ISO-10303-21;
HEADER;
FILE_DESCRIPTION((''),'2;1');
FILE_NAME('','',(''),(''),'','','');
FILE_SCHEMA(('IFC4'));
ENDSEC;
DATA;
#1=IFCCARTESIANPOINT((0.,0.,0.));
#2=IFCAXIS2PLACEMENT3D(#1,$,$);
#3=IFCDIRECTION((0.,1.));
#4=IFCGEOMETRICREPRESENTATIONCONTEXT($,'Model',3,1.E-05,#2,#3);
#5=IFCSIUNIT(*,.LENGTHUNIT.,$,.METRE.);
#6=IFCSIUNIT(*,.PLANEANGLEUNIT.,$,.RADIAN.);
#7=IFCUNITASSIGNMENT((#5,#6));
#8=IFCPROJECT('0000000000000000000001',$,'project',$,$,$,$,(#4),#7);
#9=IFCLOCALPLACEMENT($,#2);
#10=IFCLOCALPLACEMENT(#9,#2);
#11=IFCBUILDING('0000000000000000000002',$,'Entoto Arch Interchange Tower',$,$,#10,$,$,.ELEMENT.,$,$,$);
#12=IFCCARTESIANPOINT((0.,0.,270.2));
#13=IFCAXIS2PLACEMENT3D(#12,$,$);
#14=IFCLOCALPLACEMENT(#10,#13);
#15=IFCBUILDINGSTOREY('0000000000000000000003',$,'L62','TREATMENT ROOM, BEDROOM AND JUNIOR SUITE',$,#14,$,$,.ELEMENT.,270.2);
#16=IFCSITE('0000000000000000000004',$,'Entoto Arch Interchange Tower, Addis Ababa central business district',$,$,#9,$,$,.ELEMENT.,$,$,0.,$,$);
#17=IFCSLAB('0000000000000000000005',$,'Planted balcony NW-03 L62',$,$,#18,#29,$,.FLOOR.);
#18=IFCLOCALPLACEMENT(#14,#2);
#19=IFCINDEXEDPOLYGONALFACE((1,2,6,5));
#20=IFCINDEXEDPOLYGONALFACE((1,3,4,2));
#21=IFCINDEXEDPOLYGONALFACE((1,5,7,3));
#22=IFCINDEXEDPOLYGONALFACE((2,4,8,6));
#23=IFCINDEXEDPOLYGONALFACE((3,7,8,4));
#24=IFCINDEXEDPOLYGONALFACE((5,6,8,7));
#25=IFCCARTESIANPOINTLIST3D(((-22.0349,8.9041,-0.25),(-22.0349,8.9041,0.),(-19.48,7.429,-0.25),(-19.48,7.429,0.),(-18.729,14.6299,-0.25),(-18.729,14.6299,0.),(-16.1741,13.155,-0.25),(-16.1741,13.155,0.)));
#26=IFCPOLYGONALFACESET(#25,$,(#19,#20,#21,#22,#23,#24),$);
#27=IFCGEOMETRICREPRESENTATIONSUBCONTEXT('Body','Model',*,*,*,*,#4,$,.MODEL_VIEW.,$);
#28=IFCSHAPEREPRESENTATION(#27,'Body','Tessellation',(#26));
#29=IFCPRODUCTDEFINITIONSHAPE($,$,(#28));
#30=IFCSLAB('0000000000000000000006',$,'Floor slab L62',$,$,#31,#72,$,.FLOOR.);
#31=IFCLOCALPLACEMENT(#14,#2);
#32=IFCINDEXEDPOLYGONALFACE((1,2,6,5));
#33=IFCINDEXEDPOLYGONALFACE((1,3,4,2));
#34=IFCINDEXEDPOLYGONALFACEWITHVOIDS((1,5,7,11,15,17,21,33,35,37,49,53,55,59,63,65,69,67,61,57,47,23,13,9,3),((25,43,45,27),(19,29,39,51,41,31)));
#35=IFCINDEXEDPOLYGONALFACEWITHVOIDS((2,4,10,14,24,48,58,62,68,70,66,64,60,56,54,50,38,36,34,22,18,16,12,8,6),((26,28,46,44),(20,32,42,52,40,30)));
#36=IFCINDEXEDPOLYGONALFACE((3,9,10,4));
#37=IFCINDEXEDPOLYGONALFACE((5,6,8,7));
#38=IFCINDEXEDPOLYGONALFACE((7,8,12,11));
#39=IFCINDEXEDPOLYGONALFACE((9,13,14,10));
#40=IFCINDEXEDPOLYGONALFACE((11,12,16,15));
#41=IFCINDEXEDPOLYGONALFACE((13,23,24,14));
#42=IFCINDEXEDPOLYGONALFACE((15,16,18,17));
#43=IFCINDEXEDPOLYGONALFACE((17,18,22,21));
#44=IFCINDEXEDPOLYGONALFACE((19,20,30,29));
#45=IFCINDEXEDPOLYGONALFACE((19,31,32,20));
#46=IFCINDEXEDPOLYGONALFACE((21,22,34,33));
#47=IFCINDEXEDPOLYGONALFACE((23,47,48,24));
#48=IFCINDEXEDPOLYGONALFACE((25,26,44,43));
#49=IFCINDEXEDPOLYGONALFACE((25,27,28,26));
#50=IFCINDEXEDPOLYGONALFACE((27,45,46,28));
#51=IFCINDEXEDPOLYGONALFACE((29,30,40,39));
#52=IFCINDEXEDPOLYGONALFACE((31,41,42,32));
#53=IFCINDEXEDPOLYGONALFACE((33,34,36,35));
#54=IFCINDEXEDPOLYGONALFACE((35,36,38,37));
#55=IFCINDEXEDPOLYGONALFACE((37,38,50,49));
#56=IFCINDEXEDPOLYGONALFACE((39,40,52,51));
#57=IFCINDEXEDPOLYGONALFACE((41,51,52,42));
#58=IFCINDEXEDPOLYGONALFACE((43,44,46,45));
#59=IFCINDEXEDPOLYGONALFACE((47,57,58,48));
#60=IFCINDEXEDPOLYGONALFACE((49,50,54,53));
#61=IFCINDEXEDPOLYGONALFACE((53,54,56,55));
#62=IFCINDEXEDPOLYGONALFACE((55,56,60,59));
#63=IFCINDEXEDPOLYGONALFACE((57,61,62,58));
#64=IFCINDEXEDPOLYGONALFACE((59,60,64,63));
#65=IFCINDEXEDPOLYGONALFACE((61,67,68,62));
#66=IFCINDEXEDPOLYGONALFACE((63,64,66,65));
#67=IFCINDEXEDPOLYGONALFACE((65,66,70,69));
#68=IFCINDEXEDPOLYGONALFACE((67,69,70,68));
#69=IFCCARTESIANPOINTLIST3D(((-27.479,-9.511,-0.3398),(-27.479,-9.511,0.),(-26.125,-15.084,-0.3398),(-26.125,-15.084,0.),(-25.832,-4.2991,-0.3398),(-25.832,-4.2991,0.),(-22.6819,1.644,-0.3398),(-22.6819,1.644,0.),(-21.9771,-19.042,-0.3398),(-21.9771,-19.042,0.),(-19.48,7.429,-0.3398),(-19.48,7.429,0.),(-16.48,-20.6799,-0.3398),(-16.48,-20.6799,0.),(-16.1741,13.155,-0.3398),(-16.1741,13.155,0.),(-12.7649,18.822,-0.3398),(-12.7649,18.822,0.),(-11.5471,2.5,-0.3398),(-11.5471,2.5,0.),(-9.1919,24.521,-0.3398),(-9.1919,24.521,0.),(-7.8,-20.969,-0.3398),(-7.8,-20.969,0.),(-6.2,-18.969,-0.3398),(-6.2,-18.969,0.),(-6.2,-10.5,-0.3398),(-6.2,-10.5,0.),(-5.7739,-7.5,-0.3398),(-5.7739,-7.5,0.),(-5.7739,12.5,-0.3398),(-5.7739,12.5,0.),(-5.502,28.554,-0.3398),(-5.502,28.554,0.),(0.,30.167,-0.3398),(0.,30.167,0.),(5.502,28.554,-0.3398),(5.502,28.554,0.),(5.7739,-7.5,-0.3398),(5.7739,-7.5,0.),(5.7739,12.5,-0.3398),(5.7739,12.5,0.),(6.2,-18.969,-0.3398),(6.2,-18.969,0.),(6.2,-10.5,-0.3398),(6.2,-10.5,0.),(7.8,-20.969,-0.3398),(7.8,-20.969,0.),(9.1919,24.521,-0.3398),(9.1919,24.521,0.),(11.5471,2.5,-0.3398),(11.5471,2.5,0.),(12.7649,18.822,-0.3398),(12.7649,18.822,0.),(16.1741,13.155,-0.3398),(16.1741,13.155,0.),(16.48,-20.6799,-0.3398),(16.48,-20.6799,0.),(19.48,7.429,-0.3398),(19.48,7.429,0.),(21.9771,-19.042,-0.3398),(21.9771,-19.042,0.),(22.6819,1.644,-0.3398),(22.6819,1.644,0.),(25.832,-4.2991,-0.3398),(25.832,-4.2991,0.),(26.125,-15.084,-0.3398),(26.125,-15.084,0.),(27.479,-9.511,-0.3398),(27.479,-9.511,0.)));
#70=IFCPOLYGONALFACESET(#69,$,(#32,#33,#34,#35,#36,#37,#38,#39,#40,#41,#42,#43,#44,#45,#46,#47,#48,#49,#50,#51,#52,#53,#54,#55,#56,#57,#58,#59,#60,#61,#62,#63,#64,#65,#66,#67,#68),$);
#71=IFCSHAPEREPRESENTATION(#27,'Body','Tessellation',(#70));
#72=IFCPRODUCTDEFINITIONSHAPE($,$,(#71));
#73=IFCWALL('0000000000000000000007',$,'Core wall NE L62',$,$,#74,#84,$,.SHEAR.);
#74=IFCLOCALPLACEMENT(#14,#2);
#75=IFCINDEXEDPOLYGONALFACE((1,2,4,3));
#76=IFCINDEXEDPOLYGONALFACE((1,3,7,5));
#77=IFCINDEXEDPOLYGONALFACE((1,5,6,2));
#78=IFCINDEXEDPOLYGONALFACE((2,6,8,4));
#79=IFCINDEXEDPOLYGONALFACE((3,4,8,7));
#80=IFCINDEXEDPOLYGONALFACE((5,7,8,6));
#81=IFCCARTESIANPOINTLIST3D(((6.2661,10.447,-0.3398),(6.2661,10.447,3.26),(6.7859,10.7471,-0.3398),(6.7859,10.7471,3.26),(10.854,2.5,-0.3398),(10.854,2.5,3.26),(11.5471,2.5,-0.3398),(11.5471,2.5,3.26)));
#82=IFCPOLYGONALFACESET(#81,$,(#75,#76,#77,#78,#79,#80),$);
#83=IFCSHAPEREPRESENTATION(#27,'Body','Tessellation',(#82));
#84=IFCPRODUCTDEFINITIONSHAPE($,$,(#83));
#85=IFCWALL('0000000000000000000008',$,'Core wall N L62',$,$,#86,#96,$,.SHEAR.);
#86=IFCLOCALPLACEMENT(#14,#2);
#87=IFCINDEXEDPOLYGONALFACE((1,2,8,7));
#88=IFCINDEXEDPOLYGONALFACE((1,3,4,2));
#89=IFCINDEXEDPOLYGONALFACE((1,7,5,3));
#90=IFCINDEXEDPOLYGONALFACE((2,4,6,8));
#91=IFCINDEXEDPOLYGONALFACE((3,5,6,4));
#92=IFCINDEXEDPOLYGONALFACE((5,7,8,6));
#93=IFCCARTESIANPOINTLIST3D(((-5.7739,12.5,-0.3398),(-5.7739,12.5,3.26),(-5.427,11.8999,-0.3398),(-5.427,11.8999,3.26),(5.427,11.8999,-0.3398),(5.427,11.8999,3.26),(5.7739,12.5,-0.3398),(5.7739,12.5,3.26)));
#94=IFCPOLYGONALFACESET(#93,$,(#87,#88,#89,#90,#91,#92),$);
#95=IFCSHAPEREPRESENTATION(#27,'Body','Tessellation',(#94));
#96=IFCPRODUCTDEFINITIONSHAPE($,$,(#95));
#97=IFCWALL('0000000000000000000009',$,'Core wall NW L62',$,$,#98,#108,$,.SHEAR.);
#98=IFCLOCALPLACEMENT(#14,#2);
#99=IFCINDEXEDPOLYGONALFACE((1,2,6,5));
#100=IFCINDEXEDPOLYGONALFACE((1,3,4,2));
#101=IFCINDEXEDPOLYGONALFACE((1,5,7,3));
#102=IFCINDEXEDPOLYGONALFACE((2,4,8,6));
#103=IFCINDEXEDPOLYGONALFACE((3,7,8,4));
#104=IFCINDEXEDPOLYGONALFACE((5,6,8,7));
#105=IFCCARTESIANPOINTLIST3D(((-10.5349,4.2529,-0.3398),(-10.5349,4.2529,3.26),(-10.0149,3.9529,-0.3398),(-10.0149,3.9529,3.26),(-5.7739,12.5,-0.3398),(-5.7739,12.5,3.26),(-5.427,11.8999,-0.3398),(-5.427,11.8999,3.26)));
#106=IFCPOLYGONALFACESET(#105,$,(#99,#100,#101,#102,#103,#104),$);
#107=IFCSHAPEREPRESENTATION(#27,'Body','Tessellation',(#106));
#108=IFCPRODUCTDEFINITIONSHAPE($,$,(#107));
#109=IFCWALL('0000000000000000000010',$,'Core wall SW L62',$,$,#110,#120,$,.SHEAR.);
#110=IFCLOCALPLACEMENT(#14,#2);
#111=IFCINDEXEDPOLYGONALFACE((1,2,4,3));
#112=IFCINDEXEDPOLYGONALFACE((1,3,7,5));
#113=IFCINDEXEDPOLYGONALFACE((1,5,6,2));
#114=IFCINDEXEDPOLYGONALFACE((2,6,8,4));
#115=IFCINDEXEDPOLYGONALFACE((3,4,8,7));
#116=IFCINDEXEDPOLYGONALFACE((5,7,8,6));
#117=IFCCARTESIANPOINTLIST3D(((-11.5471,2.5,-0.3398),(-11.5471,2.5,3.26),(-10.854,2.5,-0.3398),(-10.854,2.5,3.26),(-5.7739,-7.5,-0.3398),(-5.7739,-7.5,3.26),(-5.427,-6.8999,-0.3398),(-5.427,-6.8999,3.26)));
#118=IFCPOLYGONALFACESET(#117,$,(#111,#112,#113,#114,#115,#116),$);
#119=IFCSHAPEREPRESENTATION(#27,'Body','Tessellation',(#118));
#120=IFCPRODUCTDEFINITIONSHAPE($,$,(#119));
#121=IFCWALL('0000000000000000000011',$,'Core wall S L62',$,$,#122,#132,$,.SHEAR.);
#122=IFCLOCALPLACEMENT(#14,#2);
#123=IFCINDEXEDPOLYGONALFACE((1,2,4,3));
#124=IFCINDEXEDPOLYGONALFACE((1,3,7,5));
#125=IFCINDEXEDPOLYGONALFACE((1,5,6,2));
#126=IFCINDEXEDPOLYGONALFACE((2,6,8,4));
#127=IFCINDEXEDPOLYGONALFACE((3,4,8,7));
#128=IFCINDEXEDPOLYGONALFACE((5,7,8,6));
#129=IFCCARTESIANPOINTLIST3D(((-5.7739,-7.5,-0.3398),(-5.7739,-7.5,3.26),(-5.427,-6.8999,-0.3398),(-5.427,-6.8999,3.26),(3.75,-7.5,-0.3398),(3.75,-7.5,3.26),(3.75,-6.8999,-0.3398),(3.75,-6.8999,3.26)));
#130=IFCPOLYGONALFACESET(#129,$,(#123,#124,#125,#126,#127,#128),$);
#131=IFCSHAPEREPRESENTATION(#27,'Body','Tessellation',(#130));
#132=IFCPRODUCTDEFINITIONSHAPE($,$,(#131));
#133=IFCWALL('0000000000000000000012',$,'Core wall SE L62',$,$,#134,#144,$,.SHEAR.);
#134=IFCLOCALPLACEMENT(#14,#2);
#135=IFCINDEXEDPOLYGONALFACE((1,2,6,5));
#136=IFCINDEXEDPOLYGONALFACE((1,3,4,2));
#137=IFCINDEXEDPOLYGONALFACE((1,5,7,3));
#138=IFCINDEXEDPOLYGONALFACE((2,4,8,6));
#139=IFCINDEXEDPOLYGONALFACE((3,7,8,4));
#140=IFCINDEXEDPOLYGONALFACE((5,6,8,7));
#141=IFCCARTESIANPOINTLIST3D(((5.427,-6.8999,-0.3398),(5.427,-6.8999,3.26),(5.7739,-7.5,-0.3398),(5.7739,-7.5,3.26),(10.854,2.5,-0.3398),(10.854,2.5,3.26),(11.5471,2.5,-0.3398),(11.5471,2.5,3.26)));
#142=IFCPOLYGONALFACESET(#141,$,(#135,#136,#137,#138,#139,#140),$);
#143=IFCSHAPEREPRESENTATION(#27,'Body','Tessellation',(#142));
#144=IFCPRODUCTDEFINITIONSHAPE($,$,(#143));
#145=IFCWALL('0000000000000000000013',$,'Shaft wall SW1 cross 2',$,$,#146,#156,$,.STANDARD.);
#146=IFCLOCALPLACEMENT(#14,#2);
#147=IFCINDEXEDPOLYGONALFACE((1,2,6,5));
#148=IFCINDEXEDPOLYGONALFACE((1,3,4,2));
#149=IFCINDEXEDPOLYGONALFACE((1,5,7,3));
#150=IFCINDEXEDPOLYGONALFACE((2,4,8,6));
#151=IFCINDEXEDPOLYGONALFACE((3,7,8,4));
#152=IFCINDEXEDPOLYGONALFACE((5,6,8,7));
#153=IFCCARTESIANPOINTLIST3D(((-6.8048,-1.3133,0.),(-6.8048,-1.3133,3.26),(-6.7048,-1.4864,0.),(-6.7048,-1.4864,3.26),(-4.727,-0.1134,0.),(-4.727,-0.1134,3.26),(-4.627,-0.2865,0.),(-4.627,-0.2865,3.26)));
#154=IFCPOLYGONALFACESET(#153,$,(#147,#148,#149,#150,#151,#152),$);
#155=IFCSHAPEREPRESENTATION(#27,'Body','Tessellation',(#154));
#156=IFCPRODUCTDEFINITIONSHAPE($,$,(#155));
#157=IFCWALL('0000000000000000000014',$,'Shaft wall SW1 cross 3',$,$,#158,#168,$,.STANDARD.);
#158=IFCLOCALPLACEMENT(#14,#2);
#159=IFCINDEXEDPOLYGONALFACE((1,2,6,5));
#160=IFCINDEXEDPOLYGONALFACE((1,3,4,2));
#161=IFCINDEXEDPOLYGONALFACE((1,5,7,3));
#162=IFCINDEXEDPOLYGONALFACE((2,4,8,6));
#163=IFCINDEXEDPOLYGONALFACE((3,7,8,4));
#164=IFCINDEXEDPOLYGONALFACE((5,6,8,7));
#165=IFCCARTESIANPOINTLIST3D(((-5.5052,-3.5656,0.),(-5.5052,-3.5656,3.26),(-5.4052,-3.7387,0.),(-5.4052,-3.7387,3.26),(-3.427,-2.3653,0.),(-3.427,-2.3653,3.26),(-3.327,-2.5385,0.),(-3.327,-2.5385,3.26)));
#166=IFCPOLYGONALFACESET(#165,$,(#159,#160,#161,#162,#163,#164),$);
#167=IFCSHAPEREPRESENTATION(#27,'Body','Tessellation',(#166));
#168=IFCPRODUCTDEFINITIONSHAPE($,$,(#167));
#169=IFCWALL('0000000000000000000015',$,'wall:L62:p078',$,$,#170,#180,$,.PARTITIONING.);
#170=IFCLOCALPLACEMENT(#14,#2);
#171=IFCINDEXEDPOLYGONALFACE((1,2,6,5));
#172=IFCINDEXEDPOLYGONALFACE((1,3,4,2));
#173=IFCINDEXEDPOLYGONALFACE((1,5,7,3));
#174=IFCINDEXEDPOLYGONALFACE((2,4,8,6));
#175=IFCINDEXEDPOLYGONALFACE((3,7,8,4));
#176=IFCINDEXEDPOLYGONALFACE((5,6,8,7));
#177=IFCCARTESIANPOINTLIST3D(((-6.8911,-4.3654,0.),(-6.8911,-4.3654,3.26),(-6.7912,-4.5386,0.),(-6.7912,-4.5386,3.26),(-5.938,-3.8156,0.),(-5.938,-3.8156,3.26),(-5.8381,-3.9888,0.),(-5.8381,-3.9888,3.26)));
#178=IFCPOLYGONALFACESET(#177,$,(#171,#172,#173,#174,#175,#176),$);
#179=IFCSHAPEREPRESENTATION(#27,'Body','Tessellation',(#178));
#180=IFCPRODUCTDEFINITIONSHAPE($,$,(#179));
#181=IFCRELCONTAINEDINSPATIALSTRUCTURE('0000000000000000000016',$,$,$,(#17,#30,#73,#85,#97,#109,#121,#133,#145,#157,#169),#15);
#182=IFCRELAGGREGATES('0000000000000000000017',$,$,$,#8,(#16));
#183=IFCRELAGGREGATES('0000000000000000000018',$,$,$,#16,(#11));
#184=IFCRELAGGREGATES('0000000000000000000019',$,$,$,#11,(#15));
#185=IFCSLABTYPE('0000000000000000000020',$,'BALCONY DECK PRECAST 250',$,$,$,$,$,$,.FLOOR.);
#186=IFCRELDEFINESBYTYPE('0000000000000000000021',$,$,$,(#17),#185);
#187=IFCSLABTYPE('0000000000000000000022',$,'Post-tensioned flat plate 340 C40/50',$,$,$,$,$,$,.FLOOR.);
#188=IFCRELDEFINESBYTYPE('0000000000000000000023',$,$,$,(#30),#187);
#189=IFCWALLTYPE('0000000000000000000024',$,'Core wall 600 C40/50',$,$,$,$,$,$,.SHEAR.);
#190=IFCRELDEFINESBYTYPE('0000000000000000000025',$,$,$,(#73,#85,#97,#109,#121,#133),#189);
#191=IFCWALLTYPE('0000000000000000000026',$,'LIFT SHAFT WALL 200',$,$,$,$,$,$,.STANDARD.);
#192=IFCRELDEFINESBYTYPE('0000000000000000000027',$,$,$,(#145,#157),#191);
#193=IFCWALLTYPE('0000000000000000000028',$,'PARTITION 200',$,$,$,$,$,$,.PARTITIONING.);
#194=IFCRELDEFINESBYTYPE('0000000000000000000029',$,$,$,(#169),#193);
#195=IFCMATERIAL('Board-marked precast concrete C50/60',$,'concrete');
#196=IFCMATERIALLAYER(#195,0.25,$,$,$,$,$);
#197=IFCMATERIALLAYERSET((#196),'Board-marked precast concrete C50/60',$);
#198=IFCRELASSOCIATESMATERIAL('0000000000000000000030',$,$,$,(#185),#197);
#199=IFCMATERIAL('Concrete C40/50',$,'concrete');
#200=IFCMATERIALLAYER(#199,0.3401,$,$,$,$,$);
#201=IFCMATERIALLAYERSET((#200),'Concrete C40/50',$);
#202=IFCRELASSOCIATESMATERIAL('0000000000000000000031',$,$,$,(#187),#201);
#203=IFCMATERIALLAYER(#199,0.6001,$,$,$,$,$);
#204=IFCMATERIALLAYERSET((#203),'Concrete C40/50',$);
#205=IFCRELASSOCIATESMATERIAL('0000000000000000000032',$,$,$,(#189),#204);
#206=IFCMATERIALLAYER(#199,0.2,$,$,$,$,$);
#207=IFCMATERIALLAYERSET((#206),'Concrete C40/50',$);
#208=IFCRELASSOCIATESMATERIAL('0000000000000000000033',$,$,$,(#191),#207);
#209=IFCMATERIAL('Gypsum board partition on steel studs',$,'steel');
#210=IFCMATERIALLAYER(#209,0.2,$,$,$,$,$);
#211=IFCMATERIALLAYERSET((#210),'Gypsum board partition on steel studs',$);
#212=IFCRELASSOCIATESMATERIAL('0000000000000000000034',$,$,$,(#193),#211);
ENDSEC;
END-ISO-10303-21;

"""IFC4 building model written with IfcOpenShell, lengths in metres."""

from ifc_helpers import new_model, si_unit, direction, frame, frame_2d, origin, place, context, subcontext, project, spatial, polyline, rectangle, outline, extrude, material, layer, layer_set, type_object, element, save


model = new_model("IFC4")

# Units and contexts
model_context = context("Model", 3, precision=1e-05, world=origin(), true_north=direction((0.0, 1.0)))
body_context = subcontext(model_context, "Body", "Model", "MODEL_VIEW")
ifc_project = project(units=[si_unit("LENGTHUNIT", "METRE"), si_unit("PLANEANGLEUNIT", "RADIAN")], contexts=[model_context])

# Site, building, storey
site_placement = place(None, origin())
site = spatial("IfcSite", under=ifc_project, at=site_placement, Name="Entoto Arch Interchange Tower, Addis Ababa central business district", CompositionType="ELEMENT", RefElevation=0.0)
building_placement = place(site_placement, origin())
building = spatial("IfcBuilding", under=site, at=building_placement, Name="Entoto Arch Interchange Tower", CompositionType="ELEMENT")
storey_placement = place(building_placement, frame((0.0, 0.0, 270.2)))
storey = spatial("IfcBuildingStorey", under=building, at=storey_placement, Name="L62", Description="TREATMENT ROOM, BEDROOM AND JUNIOR SUITE", CompositionType="ELEMENT", Elevation=270.2)

# Slabs
ifc_material_1 = material(Name="Board-marked precast concrete C50/60", Category="concrete")
ifc_layer_1 = layer(ifc_material_1, 0.25)
ifc_layer_set_1 = layer_set([ifc_layer_1], Name="Board-marked precast concrete C50/60")
slab_type_1 = type_object("IfcSlabType", Name="BALCONY DECK PRECAST 250", PredefinedType="FLOOR", material=ifc_layer_set_1)
slab_1_placement = place(storey_placement, frame((0.0, 0.0, -0.25)))
element("IfcSlab", 1, at=slab_1_placement, inside=storey, type_object=slab_type_1, Name="Planted balcony NW-03 L62", PredefinedType="FLOOR", context=body_context, shape_type="SweptSolid", body=[
    extrude(outline(polyline([(-16.1741, 13.155), (-19.48, 7.429), (-22.0349, 8.9041), (-18.729, 14.6299), (-16.1741, 13.155)])), origin(), (0.0, 0.0, 1.0), 0.25),
])
ifc_material_2 = material(Name="Concrete C40/50", Category="concrete")
ifc_layer_2 = layer(ifc_material_2, 0.3401)
ifc_layer_set_2 = layer_set([ifc_layer_2], Name="Concrete C40/50")
slab_type_2 = type_object("IfcSlabType", Name="Post-tensioned flat plate 340 C40/50", PredefinedType="FLOOR", material=ifc_layer_set_2)
slab_2_placement = place(storey_placement, frame((0.0, 0.0, -0.3398)))
element("IfcSlab", 2, at=slab_2_placement, inside=storey, type_object=slab_type_2, Name="Floor slab L62", PredefinedType="FLOOR", context=body_context, shape_type="SweptSolid", body=[
    extrude(outline(polyline([(-16.48, -20.6799), (-7.8, -20.969), (7.8, -20.969), (16.48, -20.6799), (21.9771, -19.042), (26.125, -15.084), (27.479, -9.511), (25.832, -4.2991), (22.6819, 1.644), (19.48, 7.429), (16.1741, 13.155), (12.7649, 18.822), (9.1919, 24.521), (5.502, 28.554), (0.0, 30.167), (-5.502, 28.554), (-9.1919, 24.521), (-12.7649, 18.822), (-16.1741, 13.155), (-19.48, 7.429), (-22.6819, 1.644), (-25.832, -4.2991), (-27.479, -9.511), (-26.125, -15.084), (-21.9771, -19.042), (-16.48, -20.6799)]), holes=[polyline([(6.2, -18.969), (6.2, -10.5), (-6.2, -10.5), (-6.2, -18.969), (6.2, -18.969)]), polyline([(11.5471, 2.5), (5.7739, 12.5), (-5.7739, 12.5), (-11.5471, 2.5), (-5.7739, -7.5), (5.7739, -7.5), (11.5471, 2.5)])]), origin(), (0.0, 0.0, 1.0), 0.3398),
])

# Walls
ifc_layer_3 = layer(ifc_material_2, 0.6001)
ifc_layer_set_3 = layer_set([ifc_layer_3], Name="Concrete C40/50")
wall_type_1 = type_object("IfcWallType", Name="Core wall 600 C40/50", PredefinedType="SHEAR", material=ifc_layer_set_3)
wall_1_placement = place(storey_placement, frame((0.0, 0.0, -0.3398)))
element("IfcWall", 3, at=wall_1_placement, inside=storey, type_object=wall_type_1, Name="Core wall NE L62", PredefinedType="SHEAR", context=body_context, shape_type="SweptSolid", body=[
    extrude(outline(polyline([(6.7859, 10.7471), (6.2661, 10.447), (10.854, 2.5), (11.5471, 2.5), (6.7859, 10.7471)])), origin(), (0.0, 0.0, 1.0), 3.5999),
])
wall_2_placement = place(storey_placement, frame((0.0, 0.0, -0.3398)))
element("IfcWall", 4, at=wall_2_placement, inside=storey, type_object=wall_type_1, Name="Core wall N L62", PredefinedType="SHEAR", context=body_context, shape_type="SweptSolid", body=[
    extrude(outline(polyline([(5.7739, 12.5), (-5.7739, 12.5), (-5.427, 11.8999), (5.427, 11.8999), (5.7739, 12.5)])), origin(), (0.0, 0.0, 1.0), 3.5999),
])
wall_3_placement = place(storey_placement, frame((0.0, 0.0, -0.3398)))
element("IfcWall", 5, at=wall_3_placement, inside=storey, type_object=wall_type_1, Name="Core wall NW L62", PredefinedType="SHEAR", context=body_context, shape_type="SweptSolid", body=[
    extrude(outline(polyline([(-10.5349, 4.2529), (-10.0149, 3.9529), (-5.427, 11.8999), (-5.7739, 12.5), (-10.5349, 4.2529)])), origin(), (0.0, 0.0, 1.0), 3.5999),
])
wall_4_placement = place(storey_placement, frame((0.0, 0.0, -0.3398)))
element("IfcWall", 6, at=wall_4_placement, inside=storey, type_object=wall_type_1, Name="Core wall SW L62", PredefinedType="SHEAR", context=body_context, shape_type="SweptSolid", body=[
    extrude(outline(polyline([(-11.5471, 2.5), (-5.7739, -7.5), (-5.427, -6.8999), (-10.854, 2.5), (-11.5471, 2.5)])), origin(), (0.0, 0.0, 1.0), 3.5999),
])
wall_5_placement = place(storey_placement, frame((0.0, 0.0, -0.3398)))
element("IfcWall", 7, at=wall_5_placement, inside=storey, type_object=wall_type_1, Name="Core wall S L62", PredefinedType="SHEAR", context=body_context, shape_type="SweptSolid", body=[
    extrude(outline(polyline([(3.75, -7.5), (3.75, -6.8999), (-5.427, -6.8999), (-5.7739, -7.5), (3.75, -7.5)])), origin(), (0.0, 0.0, 1.0), 3.5999),
])
wall_6_placement = place(storey_placement, frame((0.0, 0.0, -0.3398)))
element("IfcWall", 8, at=wall_6_placement, inside=storey, type_object=wall_type_1, Name="Core wall SE L62", PredefinedType="SHEAR", context=body_context, shape_type="SweptSolid", body=[
    extrude(outline(polyline([(5.7739, -7.5), (11.5471, 2.5), (10.854, 2.5), (5.427, -6.8999), (5.7739, -7.5)])), origin(), (0.0, 0.0, 1.0), 3.5999),
])
ifc_layer_4 = layer(ifc_material_2, 0.2)
ifc_layer_set_4 = layer_set([ifc_layer_4], Name="Concrete C40/50")
wall_type_2 = type_object("IfcWallType", Name="LIFT SHAFT WALL 200", PredefinedType="STANDARD", material=ifc_layer_set_4)
wall_7_placement = place(storey_placement, frame((-4.677, -0.2, 0.0), z_axis=(0.0, 0.0, 1.0), x_axis=(-0.865974, -0.500089, 0.0)))
element("IfcWall", 9, at=wall_7_placement, inside=storey, type_object=wall_type_2, Name="Shaft wall SW1 cross 2", PredefinedType="STANDARD", context=body_context, shape_type="SweptSolid", body=[
    extrude(rectangle(XDim=2.3994, YDim=0.2, at=frame_2d((1.1997, 0.0))), origin(), (0.0, 0.0, 1.0), 3.26),
])
wall_8_placement = place(storey_placement, frame((-3.377, -2.4519, 0.0), z_axis=(0.0, 0.0, 1.0), x_axis=(-0.865955, -0.500122, 0.0)))
element("IfcWall", 10, at=wall_8_placement, inside=storey, type_object=wall_type_2, Name="Shaft wall SW1 cross 3", PredefinedType="STANDARD", context=body_context, shape_type="SweptSolid", body=[
    extrude(rectangle(XDim=2.3999, YDim=0.2, at=frame_2d((1.2, 0.0))), origin(), (0.0, 0.0, 1.0), 3.26),
])
ifc_material_3 = material(Name="Gypsum board partition on steel studs", Category="steel")
ifc_layer_5 = layer(ifc_material_3, 0.2)
ifc_layer_set_5 = layer_set([ifc_layer_5], Name="Gypsum board partition on steel studs")
wall_type_3 = type_object("IfcWallType", Name="PARTITION 200", PredefinedType="PARTITIONING", material=ifc_layer_set_5)
wall_9_placement = place(storey_placement, frame((-5.8879, -3.9021, 0.0), z_axis=(0.0, 0.0, 1.0), x_axis=(-0.866215, -0.499671, 0.0)))
element("IfcWall", 11, at=wall_9_placement, inside=storey, type_object=wall_type_3, Name="wall:L62:p078", PredefinedType="PARTITIONING", context=body_context, shape_type="SweptSolid", body=[
    extrude(rectangle(XDim=1.1003, YDim=0.2, at=frame_2d((0.5503, 0.0))), origin(), (0.0, 0.0, 1.0), 3.26),
])

save(model, "model.ifc")
